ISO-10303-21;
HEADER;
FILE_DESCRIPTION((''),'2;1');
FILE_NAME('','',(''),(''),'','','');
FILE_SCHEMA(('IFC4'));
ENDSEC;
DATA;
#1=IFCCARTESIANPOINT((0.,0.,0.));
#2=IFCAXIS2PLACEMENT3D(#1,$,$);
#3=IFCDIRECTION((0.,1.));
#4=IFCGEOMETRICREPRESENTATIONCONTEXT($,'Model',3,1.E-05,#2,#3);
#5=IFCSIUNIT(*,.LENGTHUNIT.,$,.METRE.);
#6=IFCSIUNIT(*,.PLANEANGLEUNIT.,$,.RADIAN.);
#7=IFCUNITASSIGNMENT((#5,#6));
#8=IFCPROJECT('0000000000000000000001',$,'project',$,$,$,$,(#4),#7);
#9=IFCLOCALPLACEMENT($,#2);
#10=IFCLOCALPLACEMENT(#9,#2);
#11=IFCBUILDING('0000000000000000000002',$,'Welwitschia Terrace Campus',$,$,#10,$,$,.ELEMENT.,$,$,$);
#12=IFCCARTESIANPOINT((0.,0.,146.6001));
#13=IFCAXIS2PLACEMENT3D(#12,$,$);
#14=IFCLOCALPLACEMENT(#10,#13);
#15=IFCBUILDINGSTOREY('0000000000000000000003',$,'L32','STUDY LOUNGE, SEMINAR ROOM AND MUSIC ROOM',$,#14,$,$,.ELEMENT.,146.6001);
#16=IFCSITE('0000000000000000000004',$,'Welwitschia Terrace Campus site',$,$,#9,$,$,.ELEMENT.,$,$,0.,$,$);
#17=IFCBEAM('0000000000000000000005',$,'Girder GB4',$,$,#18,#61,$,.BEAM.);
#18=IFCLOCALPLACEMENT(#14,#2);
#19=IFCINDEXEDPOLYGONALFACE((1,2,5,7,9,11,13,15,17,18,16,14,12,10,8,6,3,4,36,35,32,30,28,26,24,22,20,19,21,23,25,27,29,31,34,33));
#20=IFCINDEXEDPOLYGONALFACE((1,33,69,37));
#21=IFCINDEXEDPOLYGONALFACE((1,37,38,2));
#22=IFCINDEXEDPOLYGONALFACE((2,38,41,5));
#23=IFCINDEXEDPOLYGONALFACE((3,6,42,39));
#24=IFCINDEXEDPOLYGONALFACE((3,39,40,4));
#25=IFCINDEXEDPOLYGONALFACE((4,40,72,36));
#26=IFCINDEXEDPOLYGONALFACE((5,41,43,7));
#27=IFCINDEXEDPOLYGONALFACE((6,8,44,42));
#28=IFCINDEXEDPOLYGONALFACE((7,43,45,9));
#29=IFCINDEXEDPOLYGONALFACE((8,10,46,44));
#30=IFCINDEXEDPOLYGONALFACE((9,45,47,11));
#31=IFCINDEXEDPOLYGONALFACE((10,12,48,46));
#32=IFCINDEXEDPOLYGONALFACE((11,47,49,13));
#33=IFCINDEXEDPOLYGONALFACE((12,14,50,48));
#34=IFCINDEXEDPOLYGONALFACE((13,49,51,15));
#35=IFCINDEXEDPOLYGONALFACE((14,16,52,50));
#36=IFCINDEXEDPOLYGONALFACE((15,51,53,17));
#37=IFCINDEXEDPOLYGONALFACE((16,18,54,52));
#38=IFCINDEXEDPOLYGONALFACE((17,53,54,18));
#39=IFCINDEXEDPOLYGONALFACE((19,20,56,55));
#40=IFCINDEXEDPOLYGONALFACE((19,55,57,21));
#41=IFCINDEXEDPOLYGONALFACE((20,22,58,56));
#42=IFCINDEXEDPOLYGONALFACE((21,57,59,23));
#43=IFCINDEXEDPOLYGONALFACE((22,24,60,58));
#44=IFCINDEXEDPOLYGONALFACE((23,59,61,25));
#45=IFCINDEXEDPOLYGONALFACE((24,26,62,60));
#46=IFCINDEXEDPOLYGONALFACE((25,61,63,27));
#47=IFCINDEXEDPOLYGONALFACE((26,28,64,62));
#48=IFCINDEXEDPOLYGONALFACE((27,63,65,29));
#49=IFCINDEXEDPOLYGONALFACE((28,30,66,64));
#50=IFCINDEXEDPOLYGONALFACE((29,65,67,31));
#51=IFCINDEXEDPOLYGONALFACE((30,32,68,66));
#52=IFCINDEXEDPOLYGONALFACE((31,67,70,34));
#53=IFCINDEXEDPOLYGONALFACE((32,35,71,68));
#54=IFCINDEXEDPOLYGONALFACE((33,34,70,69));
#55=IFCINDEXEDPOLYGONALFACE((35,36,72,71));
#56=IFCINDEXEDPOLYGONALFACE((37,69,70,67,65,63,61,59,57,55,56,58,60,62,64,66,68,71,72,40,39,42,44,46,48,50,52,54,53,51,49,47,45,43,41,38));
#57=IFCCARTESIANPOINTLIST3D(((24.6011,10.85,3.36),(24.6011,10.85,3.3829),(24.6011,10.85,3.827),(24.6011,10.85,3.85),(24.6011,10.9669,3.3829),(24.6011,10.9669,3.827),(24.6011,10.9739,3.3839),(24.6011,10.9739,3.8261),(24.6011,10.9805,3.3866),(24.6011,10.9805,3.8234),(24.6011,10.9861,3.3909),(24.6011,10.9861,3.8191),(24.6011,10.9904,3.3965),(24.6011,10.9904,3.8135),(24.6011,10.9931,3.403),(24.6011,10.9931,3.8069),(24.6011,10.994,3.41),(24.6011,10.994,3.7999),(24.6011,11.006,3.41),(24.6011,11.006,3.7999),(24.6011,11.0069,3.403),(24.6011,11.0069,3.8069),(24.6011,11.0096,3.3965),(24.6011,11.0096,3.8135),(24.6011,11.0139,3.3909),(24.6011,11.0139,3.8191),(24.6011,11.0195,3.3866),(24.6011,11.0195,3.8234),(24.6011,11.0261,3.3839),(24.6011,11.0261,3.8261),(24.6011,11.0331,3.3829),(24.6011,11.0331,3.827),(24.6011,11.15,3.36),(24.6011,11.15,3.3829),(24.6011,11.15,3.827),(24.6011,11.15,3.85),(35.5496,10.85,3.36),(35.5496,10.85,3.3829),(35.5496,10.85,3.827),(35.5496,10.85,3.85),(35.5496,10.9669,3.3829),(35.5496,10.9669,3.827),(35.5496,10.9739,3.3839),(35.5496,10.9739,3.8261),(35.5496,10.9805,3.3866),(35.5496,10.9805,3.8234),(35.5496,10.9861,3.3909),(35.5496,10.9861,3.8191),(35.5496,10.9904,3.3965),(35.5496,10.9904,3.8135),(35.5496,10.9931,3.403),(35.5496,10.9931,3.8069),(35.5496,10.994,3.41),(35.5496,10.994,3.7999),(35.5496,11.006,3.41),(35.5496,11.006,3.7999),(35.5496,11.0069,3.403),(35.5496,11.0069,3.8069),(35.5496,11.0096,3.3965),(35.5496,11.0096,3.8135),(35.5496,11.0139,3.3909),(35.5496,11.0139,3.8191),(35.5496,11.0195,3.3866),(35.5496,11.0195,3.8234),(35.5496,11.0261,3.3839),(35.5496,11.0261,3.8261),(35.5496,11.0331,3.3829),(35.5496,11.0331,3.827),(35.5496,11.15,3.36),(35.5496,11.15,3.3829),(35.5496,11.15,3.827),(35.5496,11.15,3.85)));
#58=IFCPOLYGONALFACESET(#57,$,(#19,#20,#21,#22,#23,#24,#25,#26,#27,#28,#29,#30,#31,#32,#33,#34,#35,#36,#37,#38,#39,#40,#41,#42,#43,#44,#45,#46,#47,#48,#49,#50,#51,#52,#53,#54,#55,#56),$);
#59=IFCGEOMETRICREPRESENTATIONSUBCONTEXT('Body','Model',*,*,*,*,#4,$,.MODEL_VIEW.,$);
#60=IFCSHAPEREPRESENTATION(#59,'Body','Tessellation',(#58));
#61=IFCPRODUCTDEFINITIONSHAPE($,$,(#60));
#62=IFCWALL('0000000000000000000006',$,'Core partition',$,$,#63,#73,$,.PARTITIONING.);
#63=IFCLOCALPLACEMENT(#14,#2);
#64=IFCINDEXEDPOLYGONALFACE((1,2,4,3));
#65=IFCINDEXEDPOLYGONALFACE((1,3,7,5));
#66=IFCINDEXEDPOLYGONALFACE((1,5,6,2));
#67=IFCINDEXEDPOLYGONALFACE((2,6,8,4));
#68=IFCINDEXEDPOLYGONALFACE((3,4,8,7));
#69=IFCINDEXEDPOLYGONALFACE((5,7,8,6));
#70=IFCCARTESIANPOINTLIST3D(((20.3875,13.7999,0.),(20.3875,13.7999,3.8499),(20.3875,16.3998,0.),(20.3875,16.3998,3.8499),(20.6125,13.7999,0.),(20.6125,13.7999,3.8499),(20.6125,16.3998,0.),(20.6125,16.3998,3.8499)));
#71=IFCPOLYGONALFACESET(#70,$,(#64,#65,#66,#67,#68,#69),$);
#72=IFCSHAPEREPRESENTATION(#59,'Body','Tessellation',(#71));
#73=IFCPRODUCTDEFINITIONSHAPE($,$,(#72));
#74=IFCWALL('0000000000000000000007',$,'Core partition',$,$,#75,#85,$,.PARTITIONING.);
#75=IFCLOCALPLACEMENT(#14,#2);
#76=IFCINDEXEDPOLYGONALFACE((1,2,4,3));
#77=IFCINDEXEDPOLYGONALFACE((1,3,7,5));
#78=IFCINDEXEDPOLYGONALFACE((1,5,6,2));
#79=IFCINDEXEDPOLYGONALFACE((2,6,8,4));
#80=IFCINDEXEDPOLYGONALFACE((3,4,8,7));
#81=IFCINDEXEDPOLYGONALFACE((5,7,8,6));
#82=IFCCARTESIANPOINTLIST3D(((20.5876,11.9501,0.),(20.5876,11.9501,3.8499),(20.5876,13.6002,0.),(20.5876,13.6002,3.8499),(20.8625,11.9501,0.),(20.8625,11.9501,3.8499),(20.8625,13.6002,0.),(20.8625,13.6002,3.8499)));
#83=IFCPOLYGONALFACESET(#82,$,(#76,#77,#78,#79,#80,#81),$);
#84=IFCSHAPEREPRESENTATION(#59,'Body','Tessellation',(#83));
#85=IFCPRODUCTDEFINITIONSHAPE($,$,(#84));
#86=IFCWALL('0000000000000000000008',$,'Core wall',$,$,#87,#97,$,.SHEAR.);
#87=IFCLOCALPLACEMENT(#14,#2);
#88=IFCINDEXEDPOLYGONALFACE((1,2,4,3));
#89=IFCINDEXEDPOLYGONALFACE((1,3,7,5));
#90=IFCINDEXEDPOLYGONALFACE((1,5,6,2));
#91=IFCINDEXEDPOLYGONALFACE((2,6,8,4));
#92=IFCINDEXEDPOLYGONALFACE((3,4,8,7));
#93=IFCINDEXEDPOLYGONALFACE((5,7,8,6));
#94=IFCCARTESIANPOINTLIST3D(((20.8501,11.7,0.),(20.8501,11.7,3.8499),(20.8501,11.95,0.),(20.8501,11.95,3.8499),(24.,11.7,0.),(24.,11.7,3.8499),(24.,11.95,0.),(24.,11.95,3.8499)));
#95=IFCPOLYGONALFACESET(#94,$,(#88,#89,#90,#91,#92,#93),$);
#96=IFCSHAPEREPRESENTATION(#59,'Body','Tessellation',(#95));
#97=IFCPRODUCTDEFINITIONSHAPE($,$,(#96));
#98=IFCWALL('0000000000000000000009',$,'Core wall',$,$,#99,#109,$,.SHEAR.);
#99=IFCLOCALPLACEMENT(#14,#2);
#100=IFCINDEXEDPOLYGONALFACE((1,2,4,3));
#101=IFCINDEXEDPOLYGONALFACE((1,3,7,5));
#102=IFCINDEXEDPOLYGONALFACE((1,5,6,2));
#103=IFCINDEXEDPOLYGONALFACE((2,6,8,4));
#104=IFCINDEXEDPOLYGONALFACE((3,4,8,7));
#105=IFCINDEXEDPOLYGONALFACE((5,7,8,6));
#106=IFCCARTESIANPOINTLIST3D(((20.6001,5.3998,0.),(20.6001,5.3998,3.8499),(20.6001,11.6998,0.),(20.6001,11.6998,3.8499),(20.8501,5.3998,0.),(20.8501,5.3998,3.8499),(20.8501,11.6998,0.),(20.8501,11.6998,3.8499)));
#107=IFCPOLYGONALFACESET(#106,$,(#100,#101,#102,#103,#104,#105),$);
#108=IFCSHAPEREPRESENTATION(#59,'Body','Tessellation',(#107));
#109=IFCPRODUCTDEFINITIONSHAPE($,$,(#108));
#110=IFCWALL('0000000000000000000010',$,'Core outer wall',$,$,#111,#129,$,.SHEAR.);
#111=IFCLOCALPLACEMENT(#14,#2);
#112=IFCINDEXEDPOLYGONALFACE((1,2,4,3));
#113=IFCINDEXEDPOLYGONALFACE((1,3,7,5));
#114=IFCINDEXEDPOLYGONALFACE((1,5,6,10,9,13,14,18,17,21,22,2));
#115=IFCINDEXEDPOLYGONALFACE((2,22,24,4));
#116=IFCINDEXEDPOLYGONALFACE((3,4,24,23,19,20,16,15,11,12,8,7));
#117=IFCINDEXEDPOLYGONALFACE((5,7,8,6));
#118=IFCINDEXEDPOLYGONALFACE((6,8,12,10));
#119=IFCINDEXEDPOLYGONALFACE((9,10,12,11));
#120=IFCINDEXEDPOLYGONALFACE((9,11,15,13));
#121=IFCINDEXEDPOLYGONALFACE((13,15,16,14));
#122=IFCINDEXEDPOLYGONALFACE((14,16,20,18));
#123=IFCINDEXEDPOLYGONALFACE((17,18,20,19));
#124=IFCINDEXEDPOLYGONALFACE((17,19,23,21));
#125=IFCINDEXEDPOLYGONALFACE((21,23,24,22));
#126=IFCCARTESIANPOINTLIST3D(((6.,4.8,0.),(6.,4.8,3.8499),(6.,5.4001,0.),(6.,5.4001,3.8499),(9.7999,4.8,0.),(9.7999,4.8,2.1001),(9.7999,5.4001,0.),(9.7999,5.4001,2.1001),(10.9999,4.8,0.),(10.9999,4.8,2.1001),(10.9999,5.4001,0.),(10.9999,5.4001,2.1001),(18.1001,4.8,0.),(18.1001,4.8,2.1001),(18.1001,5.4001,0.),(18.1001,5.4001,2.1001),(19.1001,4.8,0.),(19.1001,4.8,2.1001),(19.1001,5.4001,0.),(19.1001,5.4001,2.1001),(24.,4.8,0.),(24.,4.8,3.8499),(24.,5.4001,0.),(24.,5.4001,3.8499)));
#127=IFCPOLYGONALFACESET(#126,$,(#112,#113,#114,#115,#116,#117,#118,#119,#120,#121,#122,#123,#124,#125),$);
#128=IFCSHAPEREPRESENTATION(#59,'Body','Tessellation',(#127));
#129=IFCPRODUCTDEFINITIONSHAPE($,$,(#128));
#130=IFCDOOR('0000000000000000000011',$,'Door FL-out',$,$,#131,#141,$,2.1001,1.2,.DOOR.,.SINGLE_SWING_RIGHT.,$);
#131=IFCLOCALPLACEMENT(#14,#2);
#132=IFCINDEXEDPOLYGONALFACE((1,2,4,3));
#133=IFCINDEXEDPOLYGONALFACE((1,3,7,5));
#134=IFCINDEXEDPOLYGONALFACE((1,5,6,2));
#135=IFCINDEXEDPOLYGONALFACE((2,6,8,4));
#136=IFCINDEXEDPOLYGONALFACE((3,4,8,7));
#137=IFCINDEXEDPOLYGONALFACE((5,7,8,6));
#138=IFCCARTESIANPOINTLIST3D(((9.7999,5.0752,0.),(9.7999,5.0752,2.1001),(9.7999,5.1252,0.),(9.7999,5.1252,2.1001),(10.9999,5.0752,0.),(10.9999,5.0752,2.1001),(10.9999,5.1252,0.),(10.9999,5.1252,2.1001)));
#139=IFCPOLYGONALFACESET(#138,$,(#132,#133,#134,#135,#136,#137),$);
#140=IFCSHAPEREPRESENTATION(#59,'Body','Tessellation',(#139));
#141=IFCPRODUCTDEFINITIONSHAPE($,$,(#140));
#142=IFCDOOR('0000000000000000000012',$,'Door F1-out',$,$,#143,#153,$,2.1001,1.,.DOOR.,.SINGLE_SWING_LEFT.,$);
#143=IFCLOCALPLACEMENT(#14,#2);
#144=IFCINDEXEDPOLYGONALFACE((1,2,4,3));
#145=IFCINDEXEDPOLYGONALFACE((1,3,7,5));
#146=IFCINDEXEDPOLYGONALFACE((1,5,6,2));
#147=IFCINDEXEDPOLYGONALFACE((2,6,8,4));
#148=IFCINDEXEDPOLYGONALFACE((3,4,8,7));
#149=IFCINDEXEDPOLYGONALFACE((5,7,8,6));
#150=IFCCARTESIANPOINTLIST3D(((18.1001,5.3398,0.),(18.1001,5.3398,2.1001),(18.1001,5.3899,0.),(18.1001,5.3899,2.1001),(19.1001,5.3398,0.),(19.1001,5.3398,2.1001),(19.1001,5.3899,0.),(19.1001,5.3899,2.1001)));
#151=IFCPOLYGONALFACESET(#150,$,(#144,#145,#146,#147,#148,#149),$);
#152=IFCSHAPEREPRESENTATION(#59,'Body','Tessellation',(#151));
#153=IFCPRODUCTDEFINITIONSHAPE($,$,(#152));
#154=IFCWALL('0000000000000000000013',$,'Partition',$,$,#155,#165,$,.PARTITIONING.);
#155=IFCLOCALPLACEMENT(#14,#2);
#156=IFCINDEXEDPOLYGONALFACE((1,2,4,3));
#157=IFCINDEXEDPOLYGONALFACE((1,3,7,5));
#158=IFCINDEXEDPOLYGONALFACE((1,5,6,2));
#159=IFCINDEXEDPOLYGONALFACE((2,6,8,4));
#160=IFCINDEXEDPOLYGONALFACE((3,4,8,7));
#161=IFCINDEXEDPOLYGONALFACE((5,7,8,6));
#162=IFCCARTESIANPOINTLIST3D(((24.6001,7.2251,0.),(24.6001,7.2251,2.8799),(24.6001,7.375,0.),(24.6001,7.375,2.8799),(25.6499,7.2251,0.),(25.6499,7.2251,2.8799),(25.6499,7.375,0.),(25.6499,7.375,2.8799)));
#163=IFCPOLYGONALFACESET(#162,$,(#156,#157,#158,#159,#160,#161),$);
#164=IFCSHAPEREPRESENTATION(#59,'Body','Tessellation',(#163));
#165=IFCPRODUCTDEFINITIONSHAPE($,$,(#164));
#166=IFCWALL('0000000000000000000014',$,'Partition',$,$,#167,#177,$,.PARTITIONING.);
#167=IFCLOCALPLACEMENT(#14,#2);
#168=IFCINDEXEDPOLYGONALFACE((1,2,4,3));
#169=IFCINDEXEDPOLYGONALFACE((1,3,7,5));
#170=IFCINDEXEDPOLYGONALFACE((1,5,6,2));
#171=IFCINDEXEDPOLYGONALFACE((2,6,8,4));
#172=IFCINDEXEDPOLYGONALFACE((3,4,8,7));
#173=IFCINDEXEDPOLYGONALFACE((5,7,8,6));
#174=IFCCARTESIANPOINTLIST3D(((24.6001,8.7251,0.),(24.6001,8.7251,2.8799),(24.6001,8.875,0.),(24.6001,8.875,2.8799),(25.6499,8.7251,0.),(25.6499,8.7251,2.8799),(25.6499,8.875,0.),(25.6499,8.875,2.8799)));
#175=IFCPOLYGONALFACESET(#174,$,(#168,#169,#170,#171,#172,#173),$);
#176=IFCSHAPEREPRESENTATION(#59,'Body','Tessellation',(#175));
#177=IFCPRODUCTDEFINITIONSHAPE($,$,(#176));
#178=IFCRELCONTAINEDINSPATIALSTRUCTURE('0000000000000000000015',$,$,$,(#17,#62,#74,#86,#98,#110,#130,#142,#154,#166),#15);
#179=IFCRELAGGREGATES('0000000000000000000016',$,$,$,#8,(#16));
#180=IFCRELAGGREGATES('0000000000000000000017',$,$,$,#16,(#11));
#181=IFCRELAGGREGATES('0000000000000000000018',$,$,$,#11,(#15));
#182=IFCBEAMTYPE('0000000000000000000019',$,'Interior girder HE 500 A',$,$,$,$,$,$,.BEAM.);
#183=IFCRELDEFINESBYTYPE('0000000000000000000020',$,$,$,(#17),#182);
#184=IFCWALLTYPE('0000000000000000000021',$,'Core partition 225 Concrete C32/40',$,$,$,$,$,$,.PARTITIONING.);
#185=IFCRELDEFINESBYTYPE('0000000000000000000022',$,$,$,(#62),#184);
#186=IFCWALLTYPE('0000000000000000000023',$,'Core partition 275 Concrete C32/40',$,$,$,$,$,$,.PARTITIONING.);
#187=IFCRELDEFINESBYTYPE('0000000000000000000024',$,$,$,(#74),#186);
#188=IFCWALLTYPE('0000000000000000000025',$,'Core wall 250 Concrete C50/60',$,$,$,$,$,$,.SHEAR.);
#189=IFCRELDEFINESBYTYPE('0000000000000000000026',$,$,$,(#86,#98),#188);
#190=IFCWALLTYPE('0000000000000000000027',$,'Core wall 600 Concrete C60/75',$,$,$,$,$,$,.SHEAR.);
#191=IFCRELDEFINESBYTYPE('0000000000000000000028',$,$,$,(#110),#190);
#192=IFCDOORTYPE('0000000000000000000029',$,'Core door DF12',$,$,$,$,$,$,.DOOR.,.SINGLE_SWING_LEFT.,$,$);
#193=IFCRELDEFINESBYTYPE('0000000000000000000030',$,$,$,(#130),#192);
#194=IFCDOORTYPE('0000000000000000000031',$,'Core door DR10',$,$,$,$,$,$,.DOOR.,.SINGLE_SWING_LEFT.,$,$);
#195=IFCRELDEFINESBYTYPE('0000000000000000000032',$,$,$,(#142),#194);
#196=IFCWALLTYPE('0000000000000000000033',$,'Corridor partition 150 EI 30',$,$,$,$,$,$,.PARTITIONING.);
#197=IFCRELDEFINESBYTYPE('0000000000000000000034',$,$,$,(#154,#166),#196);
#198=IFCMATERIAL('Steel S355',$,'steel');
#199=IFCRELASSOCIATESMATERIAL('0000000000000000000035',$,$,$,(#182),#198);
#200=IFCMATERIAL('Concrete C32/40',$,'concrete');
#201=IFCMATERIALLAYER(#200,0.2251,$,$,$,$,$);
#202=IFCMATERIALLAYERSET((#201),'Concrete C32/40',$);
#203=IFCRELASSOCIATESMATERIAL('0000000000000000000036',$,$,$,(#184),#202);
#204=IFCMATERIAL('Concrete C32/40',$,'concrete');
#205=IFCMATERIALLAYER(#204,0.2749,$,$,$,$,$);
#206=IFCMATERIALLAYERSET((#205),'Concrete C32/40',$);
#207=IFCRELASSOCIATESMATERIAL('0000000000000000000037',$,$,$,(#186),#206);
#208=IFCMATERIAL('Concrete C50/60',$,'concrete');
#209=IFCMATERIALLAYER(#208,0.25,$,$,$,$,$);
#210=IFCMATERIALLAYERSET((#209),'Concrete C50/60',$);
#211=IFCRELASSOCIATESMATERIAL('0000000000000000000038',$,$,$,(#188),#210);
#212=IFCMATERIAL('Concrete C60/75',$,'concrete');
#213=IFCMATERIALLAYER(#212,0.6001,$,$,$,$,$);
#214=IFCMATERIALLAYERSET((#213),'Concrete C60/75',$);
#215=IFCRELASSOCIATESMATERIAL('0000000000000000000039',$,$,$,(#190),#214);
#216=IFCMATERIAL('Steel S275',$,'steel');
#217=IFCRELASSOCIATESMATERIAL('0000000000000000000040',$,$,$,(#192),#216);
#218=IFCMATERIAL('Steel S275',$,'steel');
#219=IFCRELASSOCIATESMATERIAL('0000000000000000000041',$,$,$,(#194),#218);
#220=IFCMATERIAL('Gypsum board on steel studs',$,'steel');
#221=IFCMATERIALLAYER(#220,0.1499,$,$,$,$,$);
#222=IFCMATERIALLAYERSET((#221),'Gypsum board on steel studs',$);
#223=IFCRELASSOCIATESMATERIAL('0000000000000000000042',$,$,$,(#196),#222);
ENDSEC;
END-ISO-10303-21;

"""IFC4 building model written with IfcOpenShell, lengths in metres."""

from ifc_helpers import new_model, si_unit, direction, frame, frame_2d, origin, origin_2d, place, context, subcontext, project, spatial, rectangle, i_section, extrude, material, layer, layer_set, material_profile, profile_set, type_object, element, fill, save


model = new_model("IFC4")

# Units and contexts
model_context = context("Model", 3, precision=1e-05, world=origin(), true_north=direction((0.0, 1.0)))
body_context = subcontext(model_context, "Body", "Model", "MODEL_VIEW")
ifc_project = project(units=[si_unit("LENGTHUNIT", "METRE"), si_unit("PLANEANGLEUNIT", "RADIAN")], contexts=[model_context])

# Site, building, storey
site_placement = place(None, origin())
site = spatial("IfcSite", under=ifc_project, at=site_placement, Name="Welwitschia Terrace Campus site", CompositionType="ELEMENT", RefElevation=0.0)
building_placement = place(site_placement, origin())
building = spatial("IfcBuilding", under=site, at=building_placement, Name="Welwitschia Terrace Campus", CompositionType="ELEMENT")
storey_placement = place(building_placement, frame((0.0, 0.0, 146.6001)))
storey = spatial("IfcBuildingStorey", under=building, at=storey_placement, Name="L32", Description="STUDY LOUNGE, SEMINAR ROOM AND MUSIC ROOM", CompositionType="ELEMENT", Elevation=146.6001)

# Beam
ifc_material_1 = material(Name="Steel S355", Category="steel")
ifc_material_profile_1 = material_profile(ifc_material_1, i_section(OverallWidth=0.3, OverallDepth=0.49, WebThickness=0.012, FlangeThickness=0.0229, FilletRadius=0.0271, at=origin_2d()))
ifc_profile_set_1 = profile_set([ifc_material_profile_1], Name="Steel S355")
beam_type = type_object("IfcBeamType", Name="Interior girder HE 500 A", PredefinedType="BEAM", material=ifc_profile_set_1)
for number, where, z_axis, x_axis, name in (
    (1, (24.6011, 11.0, 3.605), (1.0, 0.0, 0.0), (0.0, 1.0, 0.0), "Girder GB4"),
):
    element("IfcBeam", number, at=place(storey_placement, frame(where, z_axis=z_axis, x_axis=x_axis)), inside=storey, type_object=beam_type, Name=name, PredefinedType="BEAM", context=body_context, shape_type="SweptSolid", body=[
        extrude(i_section(OverallWidth=0.3, OverallDepth=0.49, WebThickness=0.012, FlangeThickness=0.0229, FilletRadius=0.0271, at=origin_2d()), origin(), (0.0, 0.0, 1.0), 10.9485),
    ])

# Walls
ifc_material_2 = material(Name="Concrete C32/40", Category="concrete")
ifc_layer_1 = layer(ifc_material_2, 0.2251)
ifc_layer_set_1 = layer_set([ifc_layer_1], Name="Concrete C32/40")
wall_type_1 = type_object("IfcWallType", Name="Core partition 225 Concrete C32/40", PredefinedType="PARTITIONING", material=ifc_layer_set_1)
wall_1_placement = place(storey_placement, frame((20.5, 13.8, 0.0), z_axis=(0.0, 0.0, 1.0), x_axis=(0.0, 1.0, 0.0)))
element("IfcWall", 2, at=wall_1_placement, inside=storey, type_object=wall_type_1, Name="Core partition", PredefinedType="PARTITIONING", context=body_context, shape_type="SweptSolid", body=[
    extrude(rectangle(XDim=2.5999, YDim=0.2251, at=frame_2d((1.2998, 0.0))), origin(), (0.0, 0.0, 1.0), 3.8499),
])
ifc_material_3 = material(Name="Concrete C32/40", Category="concrete")
ifc_layer_2 = layer(ifc_material_3, 0.2749)
ifc_layer_set_2 = layer_set([ifc_layer_2], Name="Concrete C32/40")
wall_type_2 = type_object("IfcWallType", Name="Core partition 275 Concrete C32/40", PredefinedType="PARTITIONING", material=ifc_layer_set_2)
wall_2_placement = place(storey_placement, frame((20.7251, 11.95, 0.0), z_axis=(0.0, 0.0, 1.0), x_axis=(0.0, 1.0, 0.0)))
element("IfcWall", 3, at=wall_2_placement, inside=storey, type_object=wall_type_2, Name="Core partition", PredefinedType="PARTITIONING", context=body_context, shape_type="SweptSolid", body=[
    extrude(rectangle(XDim=1.6501, YDim=0.2749, at=frame_2d((0.8252, 0.0))), origin(), (0.0, 0.0, 1.0), 3.8499),
])
ifc_material_4 = material(Name="Concrete C50/60", Category="concrete")
ifc_layer_3 = layer(ifc_material_4, 0.25)
ifc_layer_set_3 = layer_set([ifc_layer_3], Name="Concrete C50/60")
wall_type_3 = type_object("IfcWallType", Name="Core wall 250 Concrete C50/60", PredefinedType="SHEAR", material=ifc_layer_set_3)
wall_3_placement = place(storey_placement, frame((20.8501, 11.825, 0.0), z_axis=(0.0, 0.0, 1.0), x_axis=(1.0, 0.0, 0.0)))
element("IfcWall", 4, at=wall_3_placement, inside=storey, type_object=wall_type_3, Name="Core wall", PredefinedType="SHEAR", context=body_context, shape_type="SweptSolid", body=[
    extrude(rectangle(XDim=3.1499, YDim=0.25, at=frame_2d((1.575, 0.0))), origin(), (0.0, 0.0, 1.0), 3.8499),
])
wall_4_placement = place(storey_placement, frame((20.7251, 5.3999, 0.0), z_axis=(0.0, 0.0, 1.0), x_axis=(0.0, 1.0, 0.0)))
element("IfcWall", 5, at=wall_4_placement, inside=storey, type_object=wall_type_3, Name="Core wall", PredefinedType="SHEAR", context=body_context, shape_type="SweptSolid", body=[
    extrude(rectangle(XDim=6.3, YDim=0.25, at=frame_2d((3.1499, 0.0))), origin(), (0.0, 0.0, 1.0), 3.8499),
])

# Wall, openings, doors
ifc_material_5 = material(Name="Concrete C60/75", Category="concrete")
ifc_layer_4 = layer(ifc_material_5, 0.6001)
ifc_layer_set_4 = layer_set([ifc_layer_4], Name="Concrete C60/75")
wall_type_4 = type_object("IfcWallType", Name="Core wall 600 Concrete C60/75", PredefinedType="SHEAR", material=ifc_layer_set_4)
wall_5_placement = place(storey_placement, frame((24.0, 5.1001, 0.0), z_axis=(0.0, 0.0, 1.0), x_axis=(-1.0, 0.0, 0.0)))
wall_5 = element("IfcWall", 6, at=wall_5_placement, inside=storey, type_object=wall_type_4, Name="Core outer wall", PredefinedType="SHEAR", context=body_context, shape_type="SweptSolid", body=[
    extrude(rectangle(XDim=18.0, YDim=0.6001, at=frame_2d((9.0, 0.0))), origin(), (0.0, 0.0, 1.0), 3.8499),
])
opening_1_placement = place(wall_5_placement, frame((13.0, 0.0, 0.0)))
opening_1 = element("IfcOpeningElement", 7, at=opening_1_placement, cuts=wall_5, PredefinedType="OPENING", context=body_context, shape_type="SweptSolid", body=[
    extrude(rectangle(XDim=1.2, YDim=2.1001, at=frame_2d((0.6001, 1.05))), frame((0.0, 0.3101, 0.0), z_axis=(0.0, -1.0, 0.0), x_axis=(1.0, 0.0, 0.0)), (0.0, 0.0, 1.0), 0.6201),
])
opening_2_placement = place(wall_5_placement, frame((4.8999, 0.0, 0.0)))
opening_2 = element("IfcOpeningElement", 8, at=opening_2_placement, cuts=wall_5, PredefinedType="OPENING", context=body_context, shape_type="SweptSolid", body=[
    extrude(rectangle(XDim=1.0, YDim=2.1001, at=frame_2d((0.5, 1.05))), frame((0.0, 0.3101, 0.0), z_axis=(0.0, -1.0, 0.0), x_axis=(1.0, 0.0, 0.0)), (0.0, 0.0, 1.0), 0.6201),
])
ifc_material_6 = material(Name="Steel S275", Category="steel")
door_type_1 = type_object("IfcDoorType", Name="Core door DF12", OperationType="SINGLE_SWING_LEFT", PredefinedType="DOOR", material=ifc_material_6)
door_1_placement = place(opening_1_placement, origin())
door_1 = element("IfcDoor", 9, at=door_1_placement, inside=storey, type_object=door_type_1, Name="Door FL-out", OperationType="SINGLE_SWING_RIGHT", OverallHeight=2.1001, OverallWidth=1.2, PredefinedType="DOOR", context=body_context, shape_type="SweptSolid", body=[
    extrude(rectangle(XDim=1.2, YDim=2.1001, at=frame_2d((0.6001, 1.05))), frame((0.0, 0.0249, 0.0), z_axis=(0.0, -1.0, 0.0), x_axis=(1.0, 0.0, 0.0)), (0.0, 0.0, 1.0), 0.05),
])
fill(opening_1, door_1)
ifc_material_7 = material(Name="Steel S275", Category="steel")
door_type_2 = type_object("IfcDoorType", Name="Core door DR10", OperationType="SINGLE_SWING_LEFT", PredefinedType="DOOR", material=ifc_material_7)
door_2_placement = place(opening_2_placement, origin())
door_2 = element("IfcDoor", 10, at=door_2_placement, inside=storey, type_object=door_type_2, Name="Door F1-out", OperationType="SINGLE_SWING_LEFT", OverallHeight=2.1001, OverallWidth=1.0, PredefinedType="DOOR", context=body_context, shape_type="SweptSolid", body=[
    extrude(rectangle(XDim=1.0, YDim=2.1001, at=frame_2d((0.5, 1.05))), frame((0.0, -0.2397, 0.0), z_axis=(0.0, -1.0, 0.0), x_axis=(1.0, 0.0, 0.0)), (0.0, 0.0, 1.0), 0.05),
])
fill(opening_2, door_2)

# Walls
ifc_material_8 = material(Name="Gypsum board on steel studs", Category="steel")
ifc_layer_5 = layer(ifc_material_8, 0.1499)
ifc_layer_set_5 = layer_set([ifc_layer_5], Name="Gypsum board on steel studs")
wall_type_5 = type_object("IfcWallType", Name="Corridor partition 150 EI 30", PredefinedType="PARTITIONING", material=ifc_layer_set_5)
for number, where, z_axis, x_axis, name in (
    (11, (24.6001, 7.3, 0.0), (0.0, 0.0, 1.0), (1.0, 0.0, 0.0), "Partition"),
    (12, (24.6001, 8.8, 0.0), (0.0, 0.0, 1.0), (1.0, 0.0, 0.0), "Partition"),
):
    element("IfcWall", number, at=place(storey_placement, frame(where, z_axis=z_axis, x_axis=x_axis)), inside=storey, type_object=wall_type_5, Name=name, PredefinedType="PARTITIONING", context=body_context, shape_type="SweptSolid", body=[
        extrude(rectangle(XDim=1.0498, YDim=0.1499, at=frame_2d((0.5249, 0.0))), origin(), (0.0, 0.0, 1.0), 2.8799),
    ])

save(model, "model.ifc")
